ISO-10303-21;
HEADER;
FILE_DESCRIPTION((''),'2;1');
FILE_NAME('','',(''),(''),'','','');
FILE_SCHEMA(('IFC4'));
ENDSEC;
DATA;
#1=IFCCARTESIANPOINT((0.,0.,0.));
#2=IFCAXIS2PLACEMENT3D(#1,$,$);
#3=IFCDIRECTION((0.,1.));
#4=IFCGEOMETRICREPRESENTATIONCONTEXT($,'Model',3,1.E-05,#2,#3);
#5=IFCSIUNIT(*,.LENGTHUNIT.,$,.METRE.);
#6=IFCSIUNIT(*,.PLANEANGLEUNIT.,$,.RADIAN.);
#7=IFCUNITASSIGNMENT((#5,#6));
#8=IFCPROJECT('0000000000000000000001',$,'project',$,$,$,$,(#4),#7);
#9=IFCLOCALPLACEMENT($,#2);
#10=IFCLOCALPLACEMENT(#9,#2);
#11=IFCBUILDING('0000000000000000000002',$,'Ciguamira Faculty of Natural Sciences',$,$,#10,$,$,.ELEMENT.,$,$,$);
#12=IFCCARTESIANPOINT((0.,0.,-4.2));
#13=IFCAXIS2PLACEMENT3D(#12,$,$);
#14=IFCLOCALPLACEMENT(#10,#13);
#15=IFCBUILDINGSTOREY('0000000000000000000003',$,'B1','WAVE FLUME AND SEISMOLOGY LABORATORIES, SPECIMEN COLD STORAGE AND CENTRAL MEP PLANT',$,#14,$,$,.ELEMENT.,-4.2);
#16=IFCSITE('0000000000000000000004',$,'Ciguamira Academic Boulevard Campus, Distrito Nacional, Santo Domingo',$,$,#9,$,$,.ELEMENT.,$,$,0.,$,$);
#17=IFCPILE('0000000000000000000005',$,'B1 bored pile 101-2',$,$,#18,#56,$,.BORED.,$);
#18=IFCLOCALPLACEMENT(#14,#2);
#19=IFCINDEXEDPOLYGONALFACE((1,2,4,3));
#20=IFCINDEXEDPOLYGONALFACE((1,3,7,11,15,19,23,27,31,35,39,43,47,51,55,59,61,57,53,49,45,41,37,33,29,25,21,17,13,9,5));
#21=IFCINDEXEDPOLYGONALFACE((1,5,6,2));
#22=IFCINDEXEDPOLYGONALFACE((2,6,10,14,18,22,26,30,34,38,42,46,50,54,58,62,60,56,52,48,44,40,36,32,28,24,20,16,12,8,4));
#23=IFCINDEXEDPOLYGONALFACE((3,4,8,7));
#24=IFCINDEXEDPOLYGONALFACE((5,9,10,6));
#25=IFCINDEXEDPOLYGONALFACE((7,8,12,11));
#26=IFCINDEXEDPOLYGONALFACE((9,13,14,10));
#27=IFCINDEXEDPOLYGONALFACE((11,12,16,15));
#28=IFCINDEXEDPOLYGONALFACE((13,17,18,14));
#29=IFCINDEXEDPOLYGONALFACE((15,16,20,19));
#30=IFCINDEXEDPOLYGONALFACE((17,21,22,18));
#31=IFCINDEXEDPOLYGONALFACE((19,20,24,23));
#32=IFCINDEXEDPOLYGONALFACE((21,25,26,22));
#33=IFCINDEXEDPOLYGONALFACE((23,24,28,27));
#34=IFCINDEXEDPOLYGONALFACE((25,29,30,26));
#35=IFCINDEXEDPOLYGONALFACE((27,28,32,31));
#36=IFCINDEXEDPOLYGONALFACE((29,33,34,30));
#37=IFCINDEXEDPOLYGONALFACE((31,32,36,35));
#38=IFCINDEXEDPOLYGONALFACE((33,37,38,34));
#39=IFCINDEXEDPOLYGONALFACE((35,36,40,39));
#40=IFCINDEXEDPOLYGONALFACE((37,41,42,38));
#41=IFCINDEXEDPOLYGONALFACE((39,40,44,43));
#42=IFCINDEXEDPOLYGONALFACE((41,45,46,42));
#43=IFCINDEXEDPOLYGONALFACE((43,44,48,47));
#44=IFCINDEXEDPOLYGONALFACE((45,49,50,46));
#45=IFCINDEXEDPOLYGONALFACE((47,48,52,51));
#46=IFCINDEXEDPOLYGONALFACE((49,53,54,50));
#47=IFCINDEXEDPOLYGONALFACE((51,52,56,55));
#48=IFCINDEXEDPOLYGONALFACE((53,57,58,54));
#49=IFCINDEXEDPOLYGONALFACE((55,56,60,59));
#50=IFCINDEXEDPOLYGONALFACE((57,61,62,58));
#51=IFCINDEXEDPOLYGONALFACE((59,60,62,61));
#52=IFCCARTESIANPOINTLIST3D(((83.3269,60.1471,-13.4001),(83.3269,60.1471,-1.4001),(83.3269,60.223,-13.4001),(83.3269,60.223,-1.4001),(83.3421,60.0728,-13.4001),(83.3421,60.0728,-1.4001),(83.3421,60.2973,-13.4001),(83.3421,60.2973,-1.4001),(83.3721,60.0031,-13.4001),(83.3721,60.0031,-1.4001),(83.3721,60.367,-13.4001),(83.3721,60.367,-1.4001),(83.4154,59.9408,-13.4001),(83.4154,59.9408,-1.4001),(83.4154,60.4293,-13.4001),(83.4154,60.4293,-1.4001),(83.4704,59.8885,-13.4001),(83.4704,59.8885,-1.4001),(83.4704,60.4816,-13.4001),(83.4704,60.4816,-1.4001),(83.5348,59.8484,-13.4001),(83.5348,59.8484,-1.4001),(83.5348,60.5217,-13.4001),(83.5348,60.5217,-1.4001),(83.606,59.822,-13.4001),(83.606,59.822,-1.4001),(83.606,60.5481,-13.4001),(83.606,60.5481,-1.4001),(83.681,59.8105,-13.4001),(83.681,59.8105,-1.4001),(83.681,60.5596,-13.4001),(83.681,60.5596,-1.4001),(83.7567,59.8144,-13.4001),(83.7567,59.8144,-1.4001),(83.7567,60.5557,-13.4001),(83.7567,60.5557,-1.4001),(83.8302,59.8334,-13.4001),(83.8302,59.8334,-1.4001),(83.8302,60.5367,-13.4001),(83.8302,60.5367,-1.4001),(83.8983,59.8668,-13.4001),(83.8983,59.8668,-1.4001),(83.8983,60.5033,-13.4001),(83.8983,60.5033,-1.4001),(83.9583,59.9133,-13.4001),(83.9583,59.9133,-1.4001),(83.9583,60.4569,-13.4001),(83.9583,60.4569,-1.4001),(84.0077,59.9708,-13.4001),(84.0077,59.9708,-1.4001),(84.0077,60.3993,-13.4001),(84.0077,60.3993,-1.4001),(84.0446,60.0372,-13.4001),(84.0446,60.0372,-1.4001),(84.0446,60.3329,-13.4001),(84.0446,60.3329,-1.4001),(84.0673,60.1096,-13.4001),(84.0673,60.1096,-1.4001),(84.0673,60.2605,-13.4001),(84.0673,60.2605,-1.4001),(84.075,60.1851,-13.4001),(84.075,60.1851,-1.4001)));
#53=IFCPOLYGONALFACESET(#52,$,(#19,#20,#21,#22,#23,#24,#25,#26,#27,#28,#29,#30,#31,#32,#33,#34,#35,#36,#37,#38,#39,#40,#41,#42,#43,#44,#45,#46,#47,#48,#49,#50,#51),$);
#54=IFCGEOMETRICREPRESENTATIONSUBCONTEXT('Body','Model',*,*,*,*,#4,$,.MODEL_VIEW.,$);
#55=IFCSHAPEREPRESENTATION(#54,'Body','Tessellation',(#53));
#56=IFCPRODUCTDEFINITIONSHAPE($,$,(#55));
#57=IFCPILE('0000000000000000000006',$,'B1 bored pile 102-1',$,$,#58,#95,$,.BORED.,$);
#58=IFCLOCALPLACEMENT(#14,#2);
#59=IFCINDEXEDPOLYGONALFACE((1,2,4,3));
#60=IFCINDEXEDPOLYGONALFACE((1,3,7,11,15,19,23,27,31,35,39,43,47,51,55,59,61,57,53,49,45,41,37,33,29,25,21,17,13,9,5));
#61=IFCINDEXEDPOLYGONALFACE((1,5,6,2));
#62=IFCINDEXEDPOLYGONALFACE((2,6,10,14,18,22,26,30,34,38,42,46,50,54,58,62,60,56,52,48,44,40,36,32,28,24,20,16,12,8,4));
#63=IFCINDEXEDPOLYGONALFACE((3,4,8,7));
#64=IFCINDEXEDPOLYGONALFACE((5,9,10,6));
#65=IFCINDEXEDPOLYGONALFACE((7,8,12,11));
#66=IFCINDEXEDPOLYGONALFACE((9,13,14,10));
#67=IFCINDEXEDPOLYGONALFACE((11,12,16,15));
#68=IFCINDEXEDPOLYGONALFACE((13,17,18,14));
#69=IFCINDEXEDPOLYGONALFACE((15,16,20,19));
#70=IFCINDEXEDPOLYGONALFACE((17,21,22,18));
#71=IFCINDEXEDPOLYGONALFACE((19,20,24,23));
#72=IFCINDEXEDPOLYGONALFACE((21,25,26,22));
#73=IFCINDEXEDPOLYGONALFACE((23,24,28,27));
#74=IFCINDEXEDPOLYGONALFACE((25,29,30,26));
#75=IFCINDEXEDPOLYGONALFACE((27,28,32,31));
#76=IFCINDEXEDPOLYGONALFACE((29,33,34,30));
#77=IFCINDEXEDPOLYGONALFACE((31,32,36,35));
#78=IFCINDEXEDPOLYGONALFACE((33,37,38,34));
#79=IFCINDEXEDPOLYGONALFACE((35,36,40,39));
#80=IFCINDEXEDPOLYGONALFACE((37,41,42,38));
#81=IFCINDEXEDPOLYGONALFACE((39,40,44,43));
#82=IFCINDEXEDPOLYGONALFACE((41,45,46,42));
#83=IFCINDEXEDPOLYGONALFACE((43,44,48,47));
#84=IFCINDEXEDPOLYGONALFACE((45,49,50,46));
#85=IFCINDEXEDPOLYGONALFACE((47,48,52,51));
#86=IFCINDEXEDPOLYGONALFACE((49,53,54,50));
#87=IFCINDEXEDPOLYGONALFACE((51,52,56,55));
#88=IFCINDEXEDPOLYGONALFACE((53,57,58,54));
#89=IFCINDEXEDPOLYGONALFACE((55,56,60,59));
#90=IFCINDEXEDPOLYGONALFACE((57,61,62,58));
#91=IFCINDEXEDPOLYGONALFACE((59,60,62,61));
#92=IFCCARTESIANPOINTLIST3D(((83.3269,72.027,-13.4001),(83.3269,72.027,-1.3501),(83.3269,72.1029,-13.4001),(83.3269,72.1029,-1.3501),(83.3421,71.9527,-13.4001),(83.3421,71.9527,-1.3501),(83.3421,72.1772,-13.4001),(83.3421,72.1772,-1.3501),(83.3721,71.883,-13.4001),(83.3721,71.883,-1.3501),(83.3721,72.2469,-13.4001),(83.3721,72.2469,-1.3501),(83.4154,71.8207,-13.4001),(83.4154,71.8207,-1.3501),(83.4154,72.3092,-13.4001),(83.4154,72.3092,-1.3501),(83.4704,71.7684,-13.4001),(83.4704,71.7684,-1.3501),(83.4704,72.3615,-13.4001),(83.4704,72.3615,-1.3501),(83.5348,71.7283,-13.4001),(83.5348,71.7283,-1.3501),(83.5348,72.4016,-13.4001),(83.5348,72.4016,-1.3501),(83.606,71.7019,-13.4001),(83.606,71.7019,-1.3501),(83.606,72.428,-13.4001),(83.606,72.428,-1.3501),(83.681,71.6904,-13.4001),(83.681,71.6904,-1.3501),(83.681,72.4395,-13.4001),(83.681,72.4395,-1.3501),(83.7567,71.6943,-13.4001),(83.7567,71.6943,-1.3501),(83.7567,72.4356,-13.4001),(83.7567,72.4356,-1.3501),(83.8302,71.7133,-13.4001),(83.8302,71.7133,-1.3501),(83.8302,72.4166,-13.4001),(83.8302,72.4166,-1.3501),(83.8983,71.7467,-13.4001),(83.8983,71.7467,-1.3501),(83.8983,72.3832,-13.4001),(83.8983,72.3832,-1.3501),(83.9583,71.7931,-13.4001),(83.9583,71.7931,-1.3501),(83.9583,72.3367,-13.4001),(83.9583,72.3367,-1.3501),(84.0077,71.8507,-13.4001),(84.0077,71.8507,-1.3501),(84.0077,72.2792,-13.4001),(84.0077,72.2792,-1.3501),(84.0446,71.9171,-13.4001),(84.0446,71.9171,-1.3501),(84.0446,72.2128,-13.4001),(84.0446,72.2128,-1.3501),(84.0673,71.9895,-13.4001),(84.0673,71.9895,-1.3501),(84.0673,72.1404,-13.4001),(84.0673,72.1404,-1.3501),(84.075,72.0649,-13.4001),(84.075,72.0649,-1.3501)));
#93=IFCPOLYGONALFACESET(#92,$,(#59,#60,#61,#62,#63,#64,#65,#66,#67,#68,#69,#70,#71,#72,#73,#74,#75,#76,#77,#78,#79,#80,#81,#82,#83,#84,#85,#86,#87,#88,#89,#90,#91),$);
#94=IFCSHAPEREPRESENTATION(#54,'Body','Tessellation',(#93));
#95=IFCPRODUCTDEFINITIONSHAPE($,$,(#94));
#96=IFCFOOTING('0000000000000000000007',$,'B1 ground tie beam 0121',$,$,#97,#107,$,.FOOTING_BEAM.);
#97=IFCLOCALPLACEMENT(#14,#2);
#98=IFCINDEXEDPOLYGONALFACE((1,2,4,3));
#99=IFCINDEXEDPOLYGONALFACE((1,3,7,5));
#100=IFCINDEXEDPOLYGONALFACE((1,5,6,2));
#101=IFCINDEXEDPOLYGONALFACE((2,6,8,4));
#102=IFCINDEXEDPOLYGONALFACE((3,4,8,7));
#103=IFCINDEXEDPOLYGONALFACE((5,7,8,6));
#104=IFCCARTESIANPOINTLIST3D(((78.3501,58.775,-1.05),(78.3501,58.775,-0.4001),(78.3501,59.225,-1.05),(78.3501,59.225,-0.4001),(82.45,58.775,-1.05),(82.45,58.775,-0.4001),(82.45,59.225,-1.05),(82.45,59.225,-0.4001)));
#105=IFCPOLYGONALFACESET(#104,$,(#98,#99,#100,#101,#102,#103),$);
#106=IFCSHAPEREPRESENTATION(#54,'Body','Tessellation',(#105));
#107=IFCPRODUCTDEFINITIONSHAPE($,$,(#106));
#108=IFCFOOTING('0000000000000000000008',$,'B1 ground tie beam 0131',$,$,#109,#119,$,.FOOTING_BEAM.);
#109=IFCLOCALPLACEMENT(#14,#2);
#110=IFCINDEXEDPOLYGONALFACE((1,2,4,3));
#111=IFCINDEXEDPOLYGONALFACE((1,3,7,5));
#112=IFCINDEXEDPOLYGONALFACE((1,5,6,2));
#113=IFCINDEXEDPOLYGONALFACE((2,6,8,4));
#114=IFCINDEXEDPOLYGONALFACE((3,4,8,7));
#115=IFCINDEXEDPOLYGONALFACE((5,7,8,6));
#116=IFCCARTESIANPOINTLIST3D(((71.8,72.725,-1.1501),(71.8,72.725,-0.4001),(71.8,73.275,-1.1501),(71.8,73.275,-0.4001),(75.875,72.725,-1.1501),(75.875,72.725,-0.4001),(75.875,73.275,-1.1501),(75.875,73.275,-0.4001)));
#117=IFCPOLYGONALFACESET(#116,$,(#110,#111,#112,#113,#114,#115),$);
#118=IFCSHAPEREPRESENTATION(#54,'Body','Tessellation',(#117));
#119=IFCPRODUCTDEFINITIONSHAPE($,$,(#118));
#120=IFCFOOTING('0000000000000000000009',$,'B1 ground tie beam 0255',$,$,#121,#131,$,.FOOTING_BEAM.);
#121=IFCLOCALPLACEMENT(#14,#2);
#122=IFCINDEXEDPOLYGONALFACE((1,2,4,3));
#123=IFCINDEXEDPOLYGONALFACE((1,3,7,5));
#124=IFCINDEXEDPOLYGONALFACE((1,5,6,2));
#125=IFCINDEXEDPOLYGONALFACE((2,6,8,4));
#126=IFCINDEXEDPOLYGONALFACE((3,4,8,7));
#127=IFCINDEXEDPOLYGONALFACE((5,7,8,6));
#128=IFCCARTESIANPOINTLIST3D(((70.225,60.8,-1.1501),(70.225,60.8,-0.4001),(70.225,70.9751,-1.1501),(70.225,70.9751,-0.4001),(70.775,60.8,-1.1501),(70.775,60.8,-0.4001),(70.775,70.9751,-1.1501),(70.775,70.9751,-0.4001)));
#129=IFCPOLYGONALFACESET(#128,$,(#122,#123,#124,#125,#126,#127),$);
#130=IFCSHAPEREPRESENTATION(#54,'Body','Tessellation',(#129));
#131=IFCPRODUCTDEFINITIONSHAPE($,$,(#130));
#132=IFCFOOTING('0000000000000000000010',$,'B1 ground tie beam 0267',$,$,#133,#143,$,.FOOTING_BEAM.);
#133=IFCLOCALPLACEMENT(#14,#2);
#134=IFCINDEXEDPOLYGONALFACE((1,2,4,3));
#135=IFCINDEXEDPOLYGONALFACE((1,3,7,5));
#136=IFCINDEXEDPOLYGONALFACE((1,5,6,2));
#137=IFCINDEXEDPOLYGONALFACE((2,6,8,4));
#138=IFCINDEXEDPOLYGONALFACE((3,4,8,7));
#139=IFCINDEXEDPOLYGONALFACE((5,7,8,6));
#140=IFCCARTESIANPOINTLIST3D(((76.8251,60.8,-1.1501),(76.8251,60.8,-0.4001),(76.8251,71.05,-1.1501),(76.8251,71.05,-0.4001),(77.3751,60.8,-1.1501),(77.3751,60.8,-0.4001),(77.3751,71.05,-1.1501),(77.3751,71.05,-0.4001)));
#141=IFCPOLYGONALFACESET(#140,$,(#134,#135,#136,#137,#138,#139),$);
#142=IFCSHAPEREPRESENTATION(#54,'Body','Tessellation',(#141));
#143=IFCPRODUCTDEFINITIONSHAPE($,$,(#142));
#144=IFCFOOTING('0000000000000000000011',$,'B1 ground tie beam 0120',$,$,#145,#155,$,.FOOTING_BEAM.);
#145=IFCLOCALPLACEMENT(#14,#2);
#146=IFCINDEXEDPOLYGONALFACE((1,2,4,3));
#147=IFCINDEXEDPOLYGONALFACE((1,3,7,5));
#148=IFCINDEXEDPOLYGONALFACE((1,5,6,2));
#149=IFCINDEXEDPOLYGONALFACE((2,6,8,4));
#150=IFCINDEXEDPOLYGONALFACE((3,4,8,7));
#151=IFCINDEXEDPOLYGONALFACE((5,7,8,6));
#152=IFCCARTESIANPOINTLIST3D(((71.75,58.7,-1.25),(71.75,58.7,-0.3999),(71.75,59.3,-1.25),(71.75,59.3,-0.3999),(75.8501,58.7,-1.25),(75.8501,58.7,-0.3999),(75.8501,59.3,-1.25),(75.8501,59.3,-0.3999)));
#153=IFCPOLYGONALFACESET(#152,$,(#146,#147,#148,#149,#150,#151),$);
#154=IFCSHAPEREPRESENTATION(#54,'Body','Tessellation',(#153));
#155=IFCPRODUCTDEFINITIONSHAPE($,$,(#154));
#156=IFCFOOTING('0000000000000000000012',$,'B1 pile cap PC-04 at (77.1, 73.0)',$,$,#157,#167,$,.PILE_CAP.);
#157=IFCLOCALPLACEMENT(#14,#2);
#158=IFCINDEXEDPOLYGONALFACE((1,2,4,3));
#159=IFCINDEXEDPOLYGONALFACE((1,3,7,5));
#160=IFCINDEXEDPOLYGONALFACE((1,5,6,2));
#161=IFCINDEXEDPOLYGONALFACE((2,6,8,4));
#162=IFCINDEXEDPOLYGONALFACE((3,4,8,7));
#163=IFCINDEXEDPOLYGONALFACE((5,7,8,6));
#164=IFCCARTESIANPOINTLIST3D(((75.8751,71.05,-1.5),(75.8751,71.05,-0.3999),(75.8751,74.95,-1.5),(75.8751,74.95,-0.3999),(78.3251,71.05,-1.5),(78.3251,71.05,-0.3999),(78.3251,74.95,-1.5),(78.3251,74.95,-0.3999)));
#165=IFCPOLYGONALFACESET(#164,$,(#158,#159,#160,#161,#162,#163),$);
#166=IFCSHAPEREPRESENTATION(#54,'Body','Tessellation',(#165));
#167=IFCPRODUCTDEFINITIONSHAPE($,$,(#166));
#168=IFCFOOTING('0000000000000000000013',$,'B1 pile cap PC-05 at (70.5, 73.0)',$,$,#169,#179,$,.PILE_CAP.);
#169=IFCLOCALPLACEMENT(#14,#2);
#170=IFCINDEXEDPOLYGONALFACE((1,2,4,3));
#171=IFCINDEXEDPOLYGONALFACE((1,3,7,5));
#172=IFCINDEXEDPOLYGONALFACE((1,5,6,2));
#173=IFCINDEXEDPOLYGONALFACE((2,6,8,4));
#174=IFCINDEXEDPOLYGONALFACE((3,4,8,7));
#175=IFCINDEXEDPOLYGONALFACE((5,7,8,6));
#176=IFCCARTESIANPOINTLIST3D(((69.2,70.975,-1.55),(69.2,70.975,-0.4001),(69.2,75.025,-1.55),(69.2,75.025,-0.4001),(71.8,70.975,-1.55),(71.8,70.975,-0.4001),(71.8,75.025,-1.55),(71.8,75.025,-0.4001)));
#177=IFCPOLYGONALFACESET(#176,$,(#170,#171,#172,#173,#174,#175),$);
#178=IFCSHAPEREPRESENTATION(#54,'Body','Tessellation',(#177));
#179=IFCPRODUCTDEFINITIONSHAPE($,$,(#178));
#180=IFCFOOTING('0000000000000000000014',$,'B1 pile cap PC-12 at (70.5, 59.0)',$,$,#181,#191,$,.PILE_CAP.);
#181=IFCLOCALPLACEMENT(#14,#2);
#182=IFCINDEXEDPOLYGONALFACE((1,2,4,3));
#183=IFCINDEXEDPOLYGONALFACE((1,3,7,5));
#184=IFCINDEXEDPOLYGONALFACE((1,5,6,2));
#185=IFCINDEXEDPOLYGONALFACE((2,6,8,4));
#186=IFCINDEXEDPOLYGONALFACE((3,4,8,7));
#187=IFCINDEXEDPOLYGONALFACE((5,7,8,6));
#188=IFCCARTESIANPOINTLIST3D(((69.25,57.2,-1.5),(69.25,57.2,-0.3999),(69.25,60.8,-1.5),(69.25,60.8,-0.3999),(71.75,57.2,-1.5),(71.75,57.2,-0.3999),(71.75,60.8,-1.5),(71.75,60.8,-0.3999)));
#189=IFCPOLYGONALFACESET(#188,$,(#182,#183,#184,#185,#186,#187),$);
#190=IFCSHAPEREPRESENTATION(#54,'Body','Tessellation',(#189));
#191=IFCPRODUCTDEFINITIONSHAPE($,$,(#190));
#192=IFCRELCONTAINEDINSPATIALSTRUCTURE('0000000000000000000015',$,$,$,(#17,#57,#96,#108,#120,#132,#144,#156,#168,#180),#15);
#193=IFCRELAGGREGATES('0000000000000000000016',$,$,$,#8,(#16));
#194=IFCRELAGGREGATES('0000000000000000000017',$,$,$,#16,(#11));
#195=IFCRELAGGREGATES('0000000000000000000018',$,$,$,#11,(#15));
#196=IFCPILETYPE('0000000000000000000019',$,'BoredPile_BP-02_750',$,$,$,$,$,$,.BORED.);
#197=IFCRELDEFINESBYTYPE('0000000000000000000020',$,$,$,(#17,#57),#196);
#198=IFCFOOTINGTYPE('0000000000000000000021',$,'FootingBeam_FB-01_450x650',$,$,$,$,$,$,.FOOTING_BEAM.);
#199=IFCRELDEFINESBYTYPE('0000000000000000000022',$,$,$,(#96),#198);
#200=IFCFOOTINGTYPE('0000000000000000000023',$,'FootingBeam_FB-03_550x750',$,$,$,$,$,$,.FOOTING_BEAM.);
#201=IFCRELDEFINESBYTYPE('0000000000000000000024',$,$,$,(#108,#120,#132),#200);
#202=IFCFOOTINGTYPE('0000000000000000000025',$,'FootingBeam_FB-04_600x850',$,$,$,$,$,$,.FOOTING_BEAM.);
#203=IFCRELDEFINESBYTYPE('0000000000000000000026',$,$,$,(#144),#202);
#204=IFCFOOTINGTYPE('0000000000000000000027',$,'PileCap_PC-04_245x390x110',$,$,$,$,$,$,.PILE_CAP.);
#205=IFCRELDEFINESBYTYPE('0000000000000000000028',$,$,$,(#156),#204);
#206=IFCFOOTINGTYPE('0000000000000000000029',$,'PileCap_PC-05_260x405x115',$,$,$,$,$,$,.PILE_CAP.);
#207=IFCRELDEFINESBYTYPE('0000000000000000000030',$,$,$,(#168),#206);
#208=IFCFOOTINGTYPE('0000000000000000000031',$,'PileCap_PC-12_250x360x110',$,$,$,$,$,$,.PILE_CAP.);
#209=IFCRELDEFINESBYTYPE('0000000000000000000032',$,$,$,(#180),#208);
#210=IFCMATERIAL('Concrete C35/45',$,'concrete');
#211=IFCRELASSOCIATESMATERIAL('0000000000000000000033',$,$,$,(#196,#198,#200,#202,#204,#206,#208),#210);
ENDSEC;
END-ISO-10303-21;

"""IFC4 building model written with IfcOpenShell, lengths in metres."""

from ifc_helpers import new_model, si_unit, direction, frame, origin, origin_2d, place, context, subcontext, project, spatial, rectangle, circle, extrude, material, material_profile, profile_set, type_object, element, save


model = new_model("IFC4")

# Units and contexts
model_context = context("Model", 3, precision=1e-05, world=origin(), true_north=direction((0.0, 1.0)))
body_context = subcontext(model_context, "Body", "Model", "MODEL_VIEW")
ifc_project = project(units=[si_unit("LENGTHUNIT", "METRE"), si_unit("PLANEANGLEUNIT", "RADIAN")], contexts=[model_context])

# Site, building, storey
site_placement = place(None, origin())
site = spatial("IfcSite", under=ifc_project, at=site_placement, Name="Ciguamira Academic Boulevard Campus, Distrito Nacional, Santo Domingo", CompositionType="ELEMENT", RefElevation=0.0)
building_placement = place(site_placement, origin())
building = spatial("IfcBuilding", under=site, at=building_placement, Name="Ciguamira Faculty of Natural Sciences", CompositionType="ELEMENT")
storey_placement = place(building_placement, frame((0.0, 0.0, -4.2)))
storey = spatial("IfcBuildingStorey", under=building, at=storey_placement, Name="B1", Description="WAVE FLUME AND SEISMOLOGY LABORATORIES, SPECIMEN COLD STORAGE AND CENTRAL MEP PLANT", CompositionType="ELEMENT", Elevation=-4.2)

# Piles
ifc_material_1 = material(Name="Concrete C35/45", Category="concrete")
ifc_material_profile_1 = material_profile(ifc_material_1, circle(Radius=0.375, at=origin_2d()), Name="PILE-BORED-750")
ifc_profile_set_1 = profile_set([ifc_material_profile_1], Name="Concrete C35/45")
pile_type = type_object("IfcPileType", Name="BoredPile_BP-02_750", PredefinedType="BORED", material=ifc_profile_set_1)
for number, where, z_axis, x_axis, name in (
    (1, (83.7, 60.1851, -1.4001), (0.0, 0.0, -1.0), (1.0, 0.0, 0.0), "B1 bored pile 101-2"),
):
    element("IfcPile", number, at=place(storey_placement, frame(where, z_axis=z_axis, x_axis=x_axis)), inside=storey, type_object=pile_type, Name=name, PredefinedType="BORED", context=body_context, shape_type="SweptSolid", body=[
        extrude(circle(Radius=0.375, at=origin_2d()), origin(), (0.0, 0.0, 1.0), 12.0),
    ])
pile_1_placement = place(storey_placement, frame((83.7, 72.0649, -1.3501), z_axis=(0.0, 0.0, -1.0), x_axis=(1.0, 0.0, 0.0)))
element("IfcPile", 2, at=pile_1_placement, inside=storey, type_object=pile_type, Name="B1 bored pile 102-1", PredefinedType="BORED", context=body_context, shape_type="SweptSolid", body=[
    extrude(circle(Radius=0.375, at=origin_2d()), origin(), (0.0, 0.0, 1.0), 12.05),
])

# Footings
ifc_material_profile_2 = material_profile(ifc_material_1, rectangle(XDim=0.45, YDim=0.6499, at=origin_2d()), Name="RC-FB-450X650")
ifc_profile_set_2 = profile_set([ifc_material_profile_2], Name="Concrete C35/45")
footing_type_1 = type_object("IfcFootingType", Name="FootingBeam_FB-01_450x650", PredefinedType="FOOTING_BEAM", material=ifc_profile_set_2)
footing_1_placement = place(storey_placement, frame((78.3501, 59.0, -0.7251), z_axis=(1.0, 0.0, 0.0), x_axis=(0.0, 1.0, 0.0)))
element("IfcFooting", 3, at=footing_1_placement, inside=storey, type_object=footing_type_1, Name="B1 ground tie beam 0121", PredefinedType="FOOTING_BEAM", context=body_context, shape_type="SweptSolid", body=[
    extrude(rectangle(XDim=0.45, YDim=0.6499, at=origin_2d()), origin(), (0.0, 0.0, 1.0), 4.0999),
])
ifc_material_profile_3 = material_profile(ifc_material_1, rectangle(XDim=0.55, YDim=0.75, at=origin_2d()), Name="RC-FB-550X750")
ifc_profile_set_3 = profile_set([ifc_material_profile_3], Name="Concrete C35/45")
footing_type_2 = type_object("IfcFootingType", Name="FootingBeam_FB-03_550x750", PredefinedType="FOOTING_BEAM", material=ifc_profile_set_3)
footing_2_placement = place(storey_placement, frame((71.8, 73.0, -0.7751), z_axis=(1.0, 0.0, 0.0), x_axis=(0.0, 1.0, 0.0)))
element("IfcFooting", 4, at=footing_2_placement, inside=storey, type_object=footing_type_2, Name="B1 ground tie beam 0131", PredefinedType="FOOTING_BEAM", context=body_context, shape_type="SweptSolid", body=[
    extrude(rectangle(XDim=0.55, YDim=0.75, at=origin_2d()), origin(), (0.0, 0.0, 1.0), 4.075),
])
footing_3_placement = place(storey_placement, frame((70.5, 60.8, -0.7751), z_axis=(0.0, 1.0, 0.0), x_axis=(-1.0, 0.0, 0.0)))
element("IfcFooting", 5, at=footing_3_placement, inside=storey, type_object=footing_type_2, Name="B1 ground tie beam 0255", PredefinedType="FOOTING_BEAM", context=body_context, shape_type="SweptSolid", body=[
    extrude(rectangle(XDim=0.55, YDim=0.75, at=origin_2d()), origin(), (0.0, 0.0, 1.0), 10.175),
])
footing_4_placement = place(storey_placement, frame((77.1001, 60.8, -0.7751), z_axis=(0.0, 1.0, 0.0), x_axis=(-1.0, 0.0, 0.0)))
element("IfcFooting", 6, at=footing_4_placement, inside=storey, type_object=footing_type_2, Name="B1 ground tie beam 0267", PredefinedType="FOOTING_BEAM", context=body_context, shape_type="SweptSolid", body=[
    extrude(rectangle(XDim=0.55, YDim=0.75, at=origin_2d()), origin(), (0.0, 0.0, 1.0), 10.25),
])
ifc_material_profile_4 = material_profile(ifc_material_1, rectangle(XDim=0.6001, YDim=0.8501, at=origin_2d()), Name="RC-FB-600X850")
ifc_profile_set_4 = profile_set([ifc_material_profile_4], Name="Concrete C35/45")
footing_type_3 = type_object("IfcFootingType", Name="FootingBeam_FB-04_600x850", PredefinedType="FOOTING_BEAM", material=ifc_profile_set_4)
footing_5_placement = place(storey_placement, frame((71.75, 59.0, -0.825), z_axis=(1.0, 0.0, 0.0), x_axis=(0.0, 1.0, 0.0)))
element("IfcFooting", 7, at=footing_5_placement, inside=storey, type_object=footing_type_3, Name="B1 ground tie beam 0120", PredefinedType="FOOTING_BEAM", context=body_context, shape_type="SweptSolid", body=[
    extrude(rectangle(XDim=0.6001, YDim=0.8501, at=origin_2d()), origin(), (0.0, 0.0, 1.0), 4.1001),
])
footing_type_4 = type_object("IfcFootingType", Name="PileCap_PC-04_245x390x110", PredefinedType="PILE_CAP", material=ifc_material_1)
footing_6_placement = place(storey_placement, frame((77.1001, 73.0, -1.5), z_axis=(0.0, 0.0, 1.0), x_axis=(1.0, 0.0, 0.0)))
element("IfcFooting", 8, at=footing_6_placement, inside=storey, type_object=footing_type_4, Name="B1 pile cap PC-04 at (77.1, 73.0)", PredefinedType="PILE_CAP", context=body_context, shape_type="SweptSolid", body=[
    extrude(rectangle(XDim=2.45, YDim=3.8999, at=origin_2d()), origin(), (0.0, 0.0, 1.0), 1.1001),
])
footing_type_5 = type_object("IfcFootingType", Name="PileCap_PC-05_260x405x115", PredefinedType="PILE_CAP", material=ifc_material_1)
footing_7_placement = place(storey_placement, frame((70.5, 73.0, -1.55), z_axis=(0.0, 0.0, 1.0), x_axis=(1.0, 0.0, 0.0)))
element("IfcFooting", 9, at=footing_7_placement, inside=storey, type_object=footing_type_5, Name="B1 pile cap PC-05 at (70.5, 73.0)", PredefinedType="PILE_CAP", context=body_context, shape_type="SweptSolid", body=[
    extrude(rectangle(XDim=2.6001, YDim=4.05, at=origin_2d()), origin(), (0.0, 0.0, 1.0), 1.1499),
])
footing_type_6 = type_object("IfcFootingType", Name="PileCap_PC-12_250x360x110", PredefinedType="PILE_CAP", material=ifc_material_1)
for number, where, z_axis, x_axis, name in (
    (10, (70.5, 59.0, -1.5), (0.0, 0.0, 1.0), (1.0, 0.0, 0.0), "B1 pile cap PC-12 at (70.5, 59.0)"),
):
    element("IfcFooting", number, at=place(storey_placement, frame(where, z_axis=z_axis, x_axis=x_axis)), inside=storey, type_object=footing_type_6, Name=name, PredefinedType="PILE_CAP", context=body_context, shape_type="SweptSolid", body=[
        extrude(rectangle(XDim=2.5, YDim=3.6001, at=origin_2d()), origin(), (0.0, 0.0, 1.0), 1.1001),
    ])

save(model, "model.ifc")
